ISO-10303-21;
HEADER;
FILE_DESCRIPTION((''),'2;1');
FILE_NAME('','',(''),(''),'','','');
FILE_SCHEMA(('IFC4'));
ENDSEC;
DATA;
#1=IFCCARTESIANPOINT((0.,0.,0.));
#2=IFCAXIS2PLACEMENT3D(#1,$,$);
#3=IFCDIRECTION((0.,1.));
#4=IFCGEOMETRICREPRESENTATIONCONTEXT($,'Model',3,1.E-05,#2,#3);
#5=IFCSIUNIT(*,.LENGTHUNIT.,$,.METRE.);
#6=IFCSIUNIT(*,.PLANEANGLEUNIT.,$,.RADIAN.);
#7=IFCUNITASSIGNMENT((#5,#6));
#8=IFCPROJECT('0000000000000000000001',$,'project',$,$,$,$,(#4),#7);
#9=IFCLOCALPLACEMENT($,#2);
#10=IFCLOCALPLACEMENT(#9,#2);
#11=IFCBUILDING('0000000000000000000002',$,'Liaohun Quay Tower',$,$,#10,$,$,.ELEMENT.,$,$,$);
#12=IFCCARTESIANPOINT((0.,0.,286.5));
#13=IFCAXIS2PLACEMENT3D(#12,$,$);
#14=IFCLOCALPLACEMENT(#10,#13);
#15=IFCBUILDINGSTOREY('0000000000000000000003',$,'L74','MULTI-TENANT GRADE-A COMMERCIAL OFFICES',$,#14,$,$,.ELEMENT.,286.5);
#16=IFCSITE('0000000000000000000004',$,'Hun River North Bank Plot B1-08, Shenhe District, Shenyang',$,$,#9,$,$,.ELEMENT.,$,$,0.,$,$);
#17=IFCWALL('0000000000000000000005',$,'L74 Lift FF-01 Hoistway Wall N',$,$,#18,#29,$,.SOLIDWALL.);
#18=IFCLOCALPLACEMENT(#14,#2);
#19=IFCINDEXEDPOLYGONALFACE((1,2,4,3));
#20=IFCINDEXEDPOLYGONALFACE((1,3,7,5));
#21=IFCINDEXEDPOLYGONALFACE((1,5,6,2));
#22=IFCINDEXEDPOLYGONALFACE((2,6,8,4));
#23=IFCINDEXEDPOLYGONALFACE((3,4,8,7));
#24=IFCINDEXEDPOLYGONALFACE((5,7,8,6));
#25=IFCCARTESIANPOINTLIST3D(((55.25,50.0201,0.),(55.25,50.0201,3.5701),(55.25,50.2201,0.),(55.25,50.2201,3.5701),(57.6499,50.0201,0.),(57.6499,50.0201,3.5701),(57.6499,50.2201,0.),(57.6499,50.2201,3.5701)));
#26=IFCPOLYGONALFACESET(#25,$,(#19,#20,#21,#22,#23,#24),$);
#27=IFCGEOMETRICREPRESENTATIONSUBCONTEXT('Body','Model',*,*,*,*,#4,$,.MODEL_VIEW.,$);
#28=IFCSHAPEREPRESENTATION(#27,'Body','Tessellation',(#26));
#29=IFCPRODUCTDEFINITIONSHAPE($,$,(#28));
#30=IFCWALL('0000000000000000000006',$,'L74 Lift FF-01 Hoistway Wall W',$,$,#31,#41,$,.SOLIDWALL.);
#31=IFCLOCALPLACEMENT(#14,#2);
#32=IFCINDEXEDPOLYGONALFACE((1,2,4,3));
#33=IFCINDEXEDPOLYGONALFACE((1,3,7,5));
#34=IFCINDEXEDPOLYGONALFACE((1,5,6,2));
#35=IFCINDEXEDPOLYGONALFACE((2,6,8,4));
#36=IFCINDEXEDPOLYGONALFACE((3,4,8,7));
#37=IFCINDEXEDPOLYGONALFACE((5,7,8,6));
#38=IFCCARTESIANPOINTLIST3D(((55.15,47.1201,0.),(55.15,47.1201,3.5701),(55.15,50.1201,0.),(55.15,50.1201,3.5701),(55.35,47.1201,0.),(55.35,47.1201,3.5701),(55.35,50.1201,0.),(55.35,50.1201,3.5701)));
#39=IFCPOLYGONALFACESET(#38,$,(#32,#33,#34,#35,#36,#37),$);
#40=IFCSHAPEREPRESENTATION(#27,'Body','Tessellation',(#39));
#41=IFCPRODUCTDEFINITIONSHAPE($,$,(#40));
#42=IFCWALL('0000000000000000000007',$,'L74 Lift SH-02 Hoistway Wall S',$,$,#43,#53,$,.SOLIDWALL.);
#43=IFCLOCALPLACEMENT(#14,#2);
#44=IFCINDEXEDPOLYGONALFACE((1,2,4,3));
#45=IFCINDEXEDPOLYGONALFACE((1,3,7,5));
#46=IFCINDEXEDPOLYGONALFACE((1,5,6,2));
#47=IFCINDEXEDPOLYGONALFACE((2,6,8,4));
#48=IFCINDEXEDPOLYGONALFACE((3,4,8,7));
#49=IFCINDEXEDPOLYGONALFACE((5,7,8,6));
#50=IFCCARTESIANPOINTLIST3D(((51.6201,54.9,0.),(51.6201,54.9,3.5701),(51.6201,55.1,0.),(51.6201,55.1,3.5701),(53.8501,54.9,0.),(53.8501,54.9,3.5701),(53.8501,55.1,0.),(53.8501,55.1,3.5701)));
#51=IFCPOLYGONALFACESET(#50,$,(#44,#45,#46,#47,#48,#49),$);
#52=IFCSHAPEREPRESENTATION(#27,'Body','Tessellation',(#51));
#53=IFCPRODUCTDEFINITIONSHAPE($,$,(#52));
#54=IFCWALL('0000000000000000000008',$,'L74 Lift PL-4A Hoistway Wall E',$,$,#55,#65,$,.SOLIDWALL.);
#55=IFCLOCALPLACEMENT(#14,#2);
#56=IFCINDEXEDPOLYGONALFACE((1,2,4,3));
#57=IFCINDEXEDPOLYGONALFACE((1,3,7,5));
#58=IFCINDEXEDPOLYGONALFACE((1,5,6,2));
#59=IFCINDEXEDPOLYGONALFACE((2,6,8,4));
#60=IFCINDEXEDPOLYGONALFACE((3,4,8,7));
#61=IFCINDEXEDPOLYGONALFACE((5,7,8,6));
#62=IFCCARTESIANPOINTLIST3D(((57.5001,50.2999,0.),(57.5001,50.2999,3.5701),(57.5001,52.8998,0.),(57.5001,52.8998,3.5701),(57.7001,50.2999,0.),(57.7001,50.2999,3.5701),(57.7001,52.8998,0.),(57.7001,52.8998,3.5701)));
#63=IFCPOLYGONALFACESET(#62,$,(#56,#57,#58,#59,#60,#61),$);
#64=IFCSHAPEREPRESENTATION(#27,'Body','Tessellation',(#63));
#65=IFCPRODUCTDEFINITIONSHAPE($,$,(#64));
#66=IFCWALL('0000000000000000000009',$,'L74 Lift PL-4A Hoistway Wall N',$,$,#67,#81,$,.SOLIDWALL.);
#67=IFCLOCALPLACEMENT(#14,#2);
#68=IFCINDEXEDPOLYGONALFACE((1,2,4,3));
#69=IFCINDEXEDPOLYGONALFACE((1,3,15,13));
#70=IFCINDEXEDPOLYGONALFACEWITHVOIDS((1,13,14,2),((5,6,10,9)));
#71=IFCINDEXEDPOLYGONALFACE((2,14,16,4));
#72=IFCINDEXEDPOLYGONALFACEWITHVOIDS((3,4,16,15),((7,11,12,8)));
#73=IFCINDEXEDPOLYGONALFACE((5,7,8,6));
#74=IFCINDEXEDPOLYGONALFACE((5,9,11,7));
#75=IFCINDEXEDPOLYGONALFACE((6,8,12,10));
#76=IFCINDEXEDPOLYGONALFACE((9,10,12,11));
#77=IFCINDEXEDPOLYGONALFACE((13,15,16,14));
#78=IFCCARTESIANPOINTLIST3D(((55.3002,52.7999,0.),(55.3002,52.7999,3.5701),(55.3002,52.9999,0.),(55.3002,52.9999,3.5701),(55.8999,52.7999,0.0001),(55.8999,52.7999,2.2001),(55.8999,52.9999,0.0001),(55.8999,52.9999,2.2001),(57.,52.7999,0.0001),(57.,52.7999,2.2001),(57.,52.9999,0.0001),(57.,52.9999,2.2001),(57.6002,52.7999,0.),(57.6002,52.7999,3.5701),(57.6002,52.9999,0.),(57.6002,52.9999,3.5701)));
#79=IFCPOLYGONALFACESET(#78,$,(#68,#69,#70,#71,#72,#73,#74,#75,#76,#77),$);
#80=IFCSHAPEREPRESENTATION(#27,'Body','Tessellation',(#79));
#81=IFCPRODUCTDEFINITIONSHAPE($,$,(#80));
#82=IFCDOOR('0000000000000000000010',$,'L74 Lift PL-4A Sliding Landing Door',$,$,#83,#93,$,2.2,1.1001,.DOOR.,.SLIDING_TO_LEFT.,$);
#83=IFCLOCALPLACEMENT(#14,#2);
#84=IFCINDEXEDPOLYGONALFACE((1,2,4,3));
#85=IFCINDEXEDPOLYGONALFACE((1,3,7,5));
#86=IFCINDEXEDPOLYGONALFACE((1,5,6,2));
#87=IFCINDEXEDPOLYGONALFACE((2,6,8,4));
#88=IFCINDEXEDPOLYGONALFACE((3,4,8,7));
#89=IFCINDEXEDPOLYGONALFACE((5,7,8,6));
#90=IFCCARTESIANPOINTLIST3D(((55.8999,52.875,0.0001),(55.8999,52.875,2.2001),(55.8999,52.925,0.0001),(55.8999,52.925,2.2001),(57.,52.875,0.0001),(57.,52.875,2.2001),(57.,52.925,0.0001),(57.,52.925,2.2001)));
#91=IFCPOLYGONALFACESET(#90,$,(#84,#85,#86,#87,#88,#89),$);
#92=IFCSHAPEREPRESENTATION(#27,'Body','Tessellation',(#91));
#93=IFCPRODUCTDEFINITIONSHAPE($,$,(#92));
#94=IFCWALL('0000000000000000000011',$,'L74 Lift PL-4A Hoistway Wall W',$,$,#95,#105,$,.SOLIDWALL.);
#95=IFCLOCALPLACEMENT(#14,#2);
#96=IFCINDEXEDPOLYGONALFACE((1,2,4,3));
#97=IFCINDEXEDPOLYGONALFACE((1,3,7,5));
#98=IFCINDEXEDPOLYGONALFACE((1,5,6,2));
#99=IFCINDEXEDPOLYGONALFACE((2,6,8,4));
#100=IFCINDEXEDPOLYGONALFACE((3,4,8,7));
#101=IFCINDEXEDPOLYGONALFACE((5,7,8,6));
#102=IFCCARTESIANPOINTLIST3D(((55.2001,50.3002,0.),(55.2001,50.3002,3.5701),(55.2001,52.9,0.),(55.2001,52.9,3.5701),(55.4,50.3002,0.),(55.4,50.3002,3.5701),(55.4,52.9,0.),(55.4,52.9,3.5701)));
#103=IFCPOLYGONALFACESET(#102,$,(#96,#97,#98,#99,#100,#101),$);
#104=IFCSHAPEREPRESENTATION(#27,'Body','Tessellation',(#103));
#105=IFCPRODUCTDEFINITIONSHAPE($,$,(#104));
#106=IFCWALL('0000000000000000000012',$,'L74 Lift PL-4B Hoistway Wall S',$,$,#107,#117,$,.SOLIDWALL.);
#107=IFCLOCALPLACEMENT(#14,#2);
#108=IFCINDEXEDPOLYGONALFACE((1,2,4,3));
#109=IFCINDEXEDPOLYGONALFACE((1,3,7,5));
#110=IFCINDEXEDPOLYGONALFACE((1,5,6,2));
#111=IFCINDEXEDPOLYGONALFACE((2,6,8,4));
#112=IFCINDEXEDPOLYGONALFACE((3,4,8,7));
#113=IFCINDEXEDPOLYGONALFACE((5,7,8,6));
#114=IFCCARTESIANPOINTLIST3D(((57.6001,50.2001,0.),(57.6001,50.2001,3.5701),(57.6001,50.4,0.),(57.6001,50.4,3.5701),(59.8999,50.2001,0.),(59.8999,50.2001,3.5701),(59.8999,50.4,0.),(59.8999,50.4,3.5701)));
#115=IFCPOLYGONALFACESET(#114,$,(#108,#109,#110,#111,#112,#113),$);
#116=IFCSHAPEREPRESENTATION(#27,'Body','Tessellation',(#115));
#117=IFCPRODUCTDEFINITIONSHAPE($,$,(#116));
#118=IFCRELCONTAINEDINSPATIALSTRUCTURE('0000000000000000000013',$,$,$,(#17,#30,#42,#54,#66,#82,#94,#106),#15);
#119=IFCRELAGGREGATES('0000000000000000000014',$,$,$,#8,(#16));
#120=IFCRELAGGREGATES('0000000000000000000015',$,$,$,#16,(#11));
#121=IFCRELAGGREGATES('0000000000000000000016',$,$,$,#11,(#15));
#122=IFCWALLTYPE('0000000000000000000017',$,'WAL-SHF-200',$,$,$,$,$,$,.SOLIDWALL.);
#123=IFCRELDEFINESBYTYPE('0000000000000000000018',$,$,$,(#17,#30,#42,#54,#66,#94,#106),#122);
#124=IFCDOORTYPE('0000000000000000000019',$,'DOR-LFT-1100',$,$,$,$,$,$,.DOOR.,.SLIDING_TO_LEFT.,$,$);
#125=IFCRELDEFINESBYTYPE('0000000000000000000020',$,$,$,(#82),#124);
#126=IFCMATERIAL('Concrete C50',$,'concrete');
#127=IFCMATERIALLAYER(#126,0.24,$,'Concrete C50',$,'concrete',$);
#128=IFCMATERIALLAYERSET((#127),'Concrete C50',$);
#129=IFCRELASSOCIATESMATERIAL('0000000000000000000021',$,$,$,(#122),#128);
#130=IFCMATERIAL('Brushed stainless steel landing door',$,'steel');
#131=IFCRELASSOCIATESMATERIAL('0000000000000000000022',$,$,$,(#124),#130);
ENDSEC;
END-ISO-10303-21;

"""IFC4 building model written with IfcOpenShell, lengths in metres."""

from ifc_helpers import new_model, si_unit, direction, frame, frame_2d, origin, place, context, subcontext, project, spatial, rectangle, extrude, source, transform, mapped, material, layer, layer_set, type_object, element, fill, save


model = new_model("IFC4")

# Units and contexts
model_context = context("Model", 3, precision=1e-05, world=origin(), true_north=direction((0.0, 1.0)))
body_context = subcontext(model_context, "Body", "Model", "MODEL_VIEW")
ifc_project = project(units=[si_unit("LENGTHUNIT", "METRE"), si_unit("PLANEANGLEUNIT", "RADIAN")], contexts=[model_context])

# Site, building, storey
site_placement = place(None, origin())
site = spatial("IfcSite", under=ifc_project, at=site_placement, Name="Hun River North Bank Plot B1-08, Shenhe District, Shenyang", CompositionType="ELEMENT", RefElevation=0.0)
building_placement = place(site_placement, origin())
building = spatial("IfcBuilding", under=site, at=building_placement, Name="Liaohun Quay Tower", CompositionType="ELEMENT")
storey_placement = place(building_placement, frame((0.0, 0.0, 286.5)))
storey = spatial("IfcBuildingStorey", under=building, at=storey_placement, Name="L74", Description="MULTI-TENANT GRADE-A COMMERCIAL OFFICES", CompositionType="ELEMENT", Elevation=286.5)

# Shared definitions
ifc_material_1 = material(Name="Concrete C50", Category="concrete")

# Shared definitions
ifc_layer_1 = layer(ifc_material_1, 0.24, Name="Concrete C50", Category="concrete")
ifc_layer_set_1 = layer_set([ifc_layer_1], Name="Concrete C50")
wall_type_1 = type_object("IfcWallType", Name="WAL-SHF-200", PredefinedType="SOLIDWALL", material=ifc_layer_set_1)

# Walls
wall_1_placement = place(storey_placement, frame((57.6499, 50.1201, 0.0), z_axis=(0.0, 0.0, 1.0), x_axis=(-1.0, 0.0, 0.0)))
element("IfcWall", 1, at=wall_1_placement, inside=storey, type_object=wall_type_1, Name="L74 Lift FF-01 Hoistway Wall N", PredefinedType="SOLIDWALL", context=body_context, shape_type="SweptSolid", body=[
    extrude(rectangle(XDim=2.3999, YDim=0.2, at=frame_2d((1.2, 0.0))), origin(), (0.0, 0.0, 1.0), 3.5701),
])
wall_2_placement = place(storey_placement, frame((55.25, 50.1201, 0.0), z_axis=(0.0, 0.0, 1.0), x_axis=(0.0, -1.0, 0.0)))
element("IfcWall", 2, at=wall_2_placement, inside=storey, type_object=wall_type_1, Name="L74 Lift FF-01 Hoistway Wall W", PredefinedType="SOLIDWALL", context=body_context, shape_type="SweptSolid", body=[
    extrude(rectangle(XDim=3.0, YDim=0.2, at=frame_2d((1.5, 0.0))), origin(), (0.0, 0.0, 1.0), 3.5701),
])
wall_3_placement = place(storey_placement, frame((51.6201, 55.0, 0.0), z_axis=(0.0, 0.0, 1.0), x_axis=(1.0, 0.0, 0.0)))
element("IfcWall", 3, at=wall_3_placement, inside=storey, type_object=wall_type_1, Name="L74 Lift SH-02 Hoistway Wall S", PredefinedType="SOLIDWALL", context=body_context, shape_type="SweptSolid", body=[
    extrude(rectangle(XDim=2.23, YDim=0.2, at=frame_2d((1.115, 0.0))), origin(), (0.0, 0.0, 1.0), 3.5701),
])
wall_4_placement = place(storey_placement, frame((57.6001, 50.3, 0.0), z_axis=(0.0, 0.0, 1.0), x_axis=(0.0, 1.0, 0.0)))
element("IfcWall", 4, at=wall_4_placement, inside=storey, type_object=wall_type_1, Name="L74 Lift PL-4A Hoistway Wall E", PredefinedType="SOLIDWALL", context=body_context, shape_type="SweptSolid", body=[
    extrude(rectangle(XDim=2.5999, YDim=0.2, at=frame_2d((1.2998, 0.0))), origin(), (0.0, 0.0, 1.0), 3.5701),
])

# Wall, opening, door
wall_5_placement = place(storey_placement, frame((57.6001, 52.8999, 0.0), z_axis=(0.0, 0.0, 1.0), x_axis=(-1.0, 0.0, 0.0)))
wall_5 = element("IfcWall", 5, at=wall_5_placement, inside=storey, type_object=wall_type_1, Name="L74 Lift PL-4A Hoistway Wall N", PredefinedType="SOLIDWALL", context=body_context, shape_type="SweptSolid", body=[
    extrude(rectangle(XDim=2.3, YDim=0.2, at=frame_2d((1.1499, 0.0))), origin(), (0.0, 0.0, 1.0), 3.5701),
])
shared_shape_1 = source(origin(), body_context, "Body", "SweptSolid", [
    extrude(rectangle(XDim=1.1001, YDim=2.2, at=frame_2d((0.55, 1.1001))), frame((0.0, 0.1099, 0.0), z_axis=(0.0, -1.0, 0.0), x_axis=(1.0, 0.0, 0.0)), (0.0, 0.0, 1.0), 0.22),
])
opening_1_placement = place(wall_5_placement, frame((0.6001, 0.0, 0.0)))
opening_1 = element("IfcOpeningElement", 6, at=opening_1_placement, cuts=wall_5, PredefinedType="OPENING", context=body_context, shape_type="MappedRepresentation", body=[
    mapped(shared_shape_1, transform((0.0, 0.0, 0.0), x_axis=(1.0, 0.0, 0.0), y_axis=(0.0, 1.0, 0.0), z_axis=(0.0, 0.0, 1.0), scale=1.0)),
])
ifc_material_2 = material(Name="Brushed stainless steel landing door", Category="steel")
door_type_1 = type_object("IfcDoorType", Name="DOR-LFT-1100", OperationType="SLIDING_TO_LEFT", PredefinedType="DOOR", material=ifc_material_2)
shared_shape_2 = source(origin(), body_context, "Body", "SweptSolid", [
    extrude(rectangle(XDim=1.1001, YDim=2.2, at=frame_2d((0.55, 1.1001))), frame((0.0, 0.0249, 0.0), z_axis=(0.0, -1.0, 0.0), x_axis=(1.0, 0.0, 0.0)), (0.0, 0.0, 1.0), 0.05),
])
door_1_placement = place(opening_1_placement, origin())
door_1 = element("IfcDoor", 7, at=door_1_placement, inside=storey, type_object=door_type_1, Name="L74 Lift PL-4A Sliding Landing Door", OperationType="SLIDING_TO_LEFT", OverallHeight=2.2, OverallWidth=1.1001, PredefinedType="DOOR", context=body_context, shape_type="MappedRepresentation", body=[
    mapped(shared_shape_2, transform((0.0, 0.0, 0.0), x_axis=(1.0, 0.0, 0.0), y_axis=(0.0, 1.0, 0.0), z_axis=(0.0, 0.0, 1.0), scale=1.0)),
])
fill(opening_1, door_1)

# Walls
wall_6_placement = place(storey_placement, frame((55.3, 52.8999, 0.0), z_axis=(0.0, 0.0, 1.0), x_axis=(0.0, -1.0, 0.0)))
element("IfcWall", 8, at=wall_6_placement, inside=storey, type_object=wall_type_1, Name="L74 Lift PL-4A Hoistway Wall W", PredefinedType="SOLIDWALL", context=body_context, shape_type="SweptSolid", body=[
    extrude(rectangle(XDim=2.5999, YDim=0.2, at=frame_2d((1.2998, 0.0))), origin(), (0.0, 0.0, 1.0), 3.5701),
])
wall_7_placement = place(storey_placement, frame((57.6001, 50.3, 0.0), z_axis=(0.0, 0.0, 1.0), x_axis=(1.0, 0.0, 0.0)))
element("IfcWall", 9, at=wall_7_placement, inside=storey, type_object=wall_type_1, Name="L74 Lift PL-4B Hoistway Wall S", PredefinedType="SOLIDWALL", context=body_context, shape_type="SweptSolid", body=[
    extrude(rectangle(XDim=2.2998, YDim=0.2, at=frame_2d((1.1499, 0.0))), origin(), (0.0, 0.0, 1.0), 3.5701),
])

save(model, "model.ifc")
